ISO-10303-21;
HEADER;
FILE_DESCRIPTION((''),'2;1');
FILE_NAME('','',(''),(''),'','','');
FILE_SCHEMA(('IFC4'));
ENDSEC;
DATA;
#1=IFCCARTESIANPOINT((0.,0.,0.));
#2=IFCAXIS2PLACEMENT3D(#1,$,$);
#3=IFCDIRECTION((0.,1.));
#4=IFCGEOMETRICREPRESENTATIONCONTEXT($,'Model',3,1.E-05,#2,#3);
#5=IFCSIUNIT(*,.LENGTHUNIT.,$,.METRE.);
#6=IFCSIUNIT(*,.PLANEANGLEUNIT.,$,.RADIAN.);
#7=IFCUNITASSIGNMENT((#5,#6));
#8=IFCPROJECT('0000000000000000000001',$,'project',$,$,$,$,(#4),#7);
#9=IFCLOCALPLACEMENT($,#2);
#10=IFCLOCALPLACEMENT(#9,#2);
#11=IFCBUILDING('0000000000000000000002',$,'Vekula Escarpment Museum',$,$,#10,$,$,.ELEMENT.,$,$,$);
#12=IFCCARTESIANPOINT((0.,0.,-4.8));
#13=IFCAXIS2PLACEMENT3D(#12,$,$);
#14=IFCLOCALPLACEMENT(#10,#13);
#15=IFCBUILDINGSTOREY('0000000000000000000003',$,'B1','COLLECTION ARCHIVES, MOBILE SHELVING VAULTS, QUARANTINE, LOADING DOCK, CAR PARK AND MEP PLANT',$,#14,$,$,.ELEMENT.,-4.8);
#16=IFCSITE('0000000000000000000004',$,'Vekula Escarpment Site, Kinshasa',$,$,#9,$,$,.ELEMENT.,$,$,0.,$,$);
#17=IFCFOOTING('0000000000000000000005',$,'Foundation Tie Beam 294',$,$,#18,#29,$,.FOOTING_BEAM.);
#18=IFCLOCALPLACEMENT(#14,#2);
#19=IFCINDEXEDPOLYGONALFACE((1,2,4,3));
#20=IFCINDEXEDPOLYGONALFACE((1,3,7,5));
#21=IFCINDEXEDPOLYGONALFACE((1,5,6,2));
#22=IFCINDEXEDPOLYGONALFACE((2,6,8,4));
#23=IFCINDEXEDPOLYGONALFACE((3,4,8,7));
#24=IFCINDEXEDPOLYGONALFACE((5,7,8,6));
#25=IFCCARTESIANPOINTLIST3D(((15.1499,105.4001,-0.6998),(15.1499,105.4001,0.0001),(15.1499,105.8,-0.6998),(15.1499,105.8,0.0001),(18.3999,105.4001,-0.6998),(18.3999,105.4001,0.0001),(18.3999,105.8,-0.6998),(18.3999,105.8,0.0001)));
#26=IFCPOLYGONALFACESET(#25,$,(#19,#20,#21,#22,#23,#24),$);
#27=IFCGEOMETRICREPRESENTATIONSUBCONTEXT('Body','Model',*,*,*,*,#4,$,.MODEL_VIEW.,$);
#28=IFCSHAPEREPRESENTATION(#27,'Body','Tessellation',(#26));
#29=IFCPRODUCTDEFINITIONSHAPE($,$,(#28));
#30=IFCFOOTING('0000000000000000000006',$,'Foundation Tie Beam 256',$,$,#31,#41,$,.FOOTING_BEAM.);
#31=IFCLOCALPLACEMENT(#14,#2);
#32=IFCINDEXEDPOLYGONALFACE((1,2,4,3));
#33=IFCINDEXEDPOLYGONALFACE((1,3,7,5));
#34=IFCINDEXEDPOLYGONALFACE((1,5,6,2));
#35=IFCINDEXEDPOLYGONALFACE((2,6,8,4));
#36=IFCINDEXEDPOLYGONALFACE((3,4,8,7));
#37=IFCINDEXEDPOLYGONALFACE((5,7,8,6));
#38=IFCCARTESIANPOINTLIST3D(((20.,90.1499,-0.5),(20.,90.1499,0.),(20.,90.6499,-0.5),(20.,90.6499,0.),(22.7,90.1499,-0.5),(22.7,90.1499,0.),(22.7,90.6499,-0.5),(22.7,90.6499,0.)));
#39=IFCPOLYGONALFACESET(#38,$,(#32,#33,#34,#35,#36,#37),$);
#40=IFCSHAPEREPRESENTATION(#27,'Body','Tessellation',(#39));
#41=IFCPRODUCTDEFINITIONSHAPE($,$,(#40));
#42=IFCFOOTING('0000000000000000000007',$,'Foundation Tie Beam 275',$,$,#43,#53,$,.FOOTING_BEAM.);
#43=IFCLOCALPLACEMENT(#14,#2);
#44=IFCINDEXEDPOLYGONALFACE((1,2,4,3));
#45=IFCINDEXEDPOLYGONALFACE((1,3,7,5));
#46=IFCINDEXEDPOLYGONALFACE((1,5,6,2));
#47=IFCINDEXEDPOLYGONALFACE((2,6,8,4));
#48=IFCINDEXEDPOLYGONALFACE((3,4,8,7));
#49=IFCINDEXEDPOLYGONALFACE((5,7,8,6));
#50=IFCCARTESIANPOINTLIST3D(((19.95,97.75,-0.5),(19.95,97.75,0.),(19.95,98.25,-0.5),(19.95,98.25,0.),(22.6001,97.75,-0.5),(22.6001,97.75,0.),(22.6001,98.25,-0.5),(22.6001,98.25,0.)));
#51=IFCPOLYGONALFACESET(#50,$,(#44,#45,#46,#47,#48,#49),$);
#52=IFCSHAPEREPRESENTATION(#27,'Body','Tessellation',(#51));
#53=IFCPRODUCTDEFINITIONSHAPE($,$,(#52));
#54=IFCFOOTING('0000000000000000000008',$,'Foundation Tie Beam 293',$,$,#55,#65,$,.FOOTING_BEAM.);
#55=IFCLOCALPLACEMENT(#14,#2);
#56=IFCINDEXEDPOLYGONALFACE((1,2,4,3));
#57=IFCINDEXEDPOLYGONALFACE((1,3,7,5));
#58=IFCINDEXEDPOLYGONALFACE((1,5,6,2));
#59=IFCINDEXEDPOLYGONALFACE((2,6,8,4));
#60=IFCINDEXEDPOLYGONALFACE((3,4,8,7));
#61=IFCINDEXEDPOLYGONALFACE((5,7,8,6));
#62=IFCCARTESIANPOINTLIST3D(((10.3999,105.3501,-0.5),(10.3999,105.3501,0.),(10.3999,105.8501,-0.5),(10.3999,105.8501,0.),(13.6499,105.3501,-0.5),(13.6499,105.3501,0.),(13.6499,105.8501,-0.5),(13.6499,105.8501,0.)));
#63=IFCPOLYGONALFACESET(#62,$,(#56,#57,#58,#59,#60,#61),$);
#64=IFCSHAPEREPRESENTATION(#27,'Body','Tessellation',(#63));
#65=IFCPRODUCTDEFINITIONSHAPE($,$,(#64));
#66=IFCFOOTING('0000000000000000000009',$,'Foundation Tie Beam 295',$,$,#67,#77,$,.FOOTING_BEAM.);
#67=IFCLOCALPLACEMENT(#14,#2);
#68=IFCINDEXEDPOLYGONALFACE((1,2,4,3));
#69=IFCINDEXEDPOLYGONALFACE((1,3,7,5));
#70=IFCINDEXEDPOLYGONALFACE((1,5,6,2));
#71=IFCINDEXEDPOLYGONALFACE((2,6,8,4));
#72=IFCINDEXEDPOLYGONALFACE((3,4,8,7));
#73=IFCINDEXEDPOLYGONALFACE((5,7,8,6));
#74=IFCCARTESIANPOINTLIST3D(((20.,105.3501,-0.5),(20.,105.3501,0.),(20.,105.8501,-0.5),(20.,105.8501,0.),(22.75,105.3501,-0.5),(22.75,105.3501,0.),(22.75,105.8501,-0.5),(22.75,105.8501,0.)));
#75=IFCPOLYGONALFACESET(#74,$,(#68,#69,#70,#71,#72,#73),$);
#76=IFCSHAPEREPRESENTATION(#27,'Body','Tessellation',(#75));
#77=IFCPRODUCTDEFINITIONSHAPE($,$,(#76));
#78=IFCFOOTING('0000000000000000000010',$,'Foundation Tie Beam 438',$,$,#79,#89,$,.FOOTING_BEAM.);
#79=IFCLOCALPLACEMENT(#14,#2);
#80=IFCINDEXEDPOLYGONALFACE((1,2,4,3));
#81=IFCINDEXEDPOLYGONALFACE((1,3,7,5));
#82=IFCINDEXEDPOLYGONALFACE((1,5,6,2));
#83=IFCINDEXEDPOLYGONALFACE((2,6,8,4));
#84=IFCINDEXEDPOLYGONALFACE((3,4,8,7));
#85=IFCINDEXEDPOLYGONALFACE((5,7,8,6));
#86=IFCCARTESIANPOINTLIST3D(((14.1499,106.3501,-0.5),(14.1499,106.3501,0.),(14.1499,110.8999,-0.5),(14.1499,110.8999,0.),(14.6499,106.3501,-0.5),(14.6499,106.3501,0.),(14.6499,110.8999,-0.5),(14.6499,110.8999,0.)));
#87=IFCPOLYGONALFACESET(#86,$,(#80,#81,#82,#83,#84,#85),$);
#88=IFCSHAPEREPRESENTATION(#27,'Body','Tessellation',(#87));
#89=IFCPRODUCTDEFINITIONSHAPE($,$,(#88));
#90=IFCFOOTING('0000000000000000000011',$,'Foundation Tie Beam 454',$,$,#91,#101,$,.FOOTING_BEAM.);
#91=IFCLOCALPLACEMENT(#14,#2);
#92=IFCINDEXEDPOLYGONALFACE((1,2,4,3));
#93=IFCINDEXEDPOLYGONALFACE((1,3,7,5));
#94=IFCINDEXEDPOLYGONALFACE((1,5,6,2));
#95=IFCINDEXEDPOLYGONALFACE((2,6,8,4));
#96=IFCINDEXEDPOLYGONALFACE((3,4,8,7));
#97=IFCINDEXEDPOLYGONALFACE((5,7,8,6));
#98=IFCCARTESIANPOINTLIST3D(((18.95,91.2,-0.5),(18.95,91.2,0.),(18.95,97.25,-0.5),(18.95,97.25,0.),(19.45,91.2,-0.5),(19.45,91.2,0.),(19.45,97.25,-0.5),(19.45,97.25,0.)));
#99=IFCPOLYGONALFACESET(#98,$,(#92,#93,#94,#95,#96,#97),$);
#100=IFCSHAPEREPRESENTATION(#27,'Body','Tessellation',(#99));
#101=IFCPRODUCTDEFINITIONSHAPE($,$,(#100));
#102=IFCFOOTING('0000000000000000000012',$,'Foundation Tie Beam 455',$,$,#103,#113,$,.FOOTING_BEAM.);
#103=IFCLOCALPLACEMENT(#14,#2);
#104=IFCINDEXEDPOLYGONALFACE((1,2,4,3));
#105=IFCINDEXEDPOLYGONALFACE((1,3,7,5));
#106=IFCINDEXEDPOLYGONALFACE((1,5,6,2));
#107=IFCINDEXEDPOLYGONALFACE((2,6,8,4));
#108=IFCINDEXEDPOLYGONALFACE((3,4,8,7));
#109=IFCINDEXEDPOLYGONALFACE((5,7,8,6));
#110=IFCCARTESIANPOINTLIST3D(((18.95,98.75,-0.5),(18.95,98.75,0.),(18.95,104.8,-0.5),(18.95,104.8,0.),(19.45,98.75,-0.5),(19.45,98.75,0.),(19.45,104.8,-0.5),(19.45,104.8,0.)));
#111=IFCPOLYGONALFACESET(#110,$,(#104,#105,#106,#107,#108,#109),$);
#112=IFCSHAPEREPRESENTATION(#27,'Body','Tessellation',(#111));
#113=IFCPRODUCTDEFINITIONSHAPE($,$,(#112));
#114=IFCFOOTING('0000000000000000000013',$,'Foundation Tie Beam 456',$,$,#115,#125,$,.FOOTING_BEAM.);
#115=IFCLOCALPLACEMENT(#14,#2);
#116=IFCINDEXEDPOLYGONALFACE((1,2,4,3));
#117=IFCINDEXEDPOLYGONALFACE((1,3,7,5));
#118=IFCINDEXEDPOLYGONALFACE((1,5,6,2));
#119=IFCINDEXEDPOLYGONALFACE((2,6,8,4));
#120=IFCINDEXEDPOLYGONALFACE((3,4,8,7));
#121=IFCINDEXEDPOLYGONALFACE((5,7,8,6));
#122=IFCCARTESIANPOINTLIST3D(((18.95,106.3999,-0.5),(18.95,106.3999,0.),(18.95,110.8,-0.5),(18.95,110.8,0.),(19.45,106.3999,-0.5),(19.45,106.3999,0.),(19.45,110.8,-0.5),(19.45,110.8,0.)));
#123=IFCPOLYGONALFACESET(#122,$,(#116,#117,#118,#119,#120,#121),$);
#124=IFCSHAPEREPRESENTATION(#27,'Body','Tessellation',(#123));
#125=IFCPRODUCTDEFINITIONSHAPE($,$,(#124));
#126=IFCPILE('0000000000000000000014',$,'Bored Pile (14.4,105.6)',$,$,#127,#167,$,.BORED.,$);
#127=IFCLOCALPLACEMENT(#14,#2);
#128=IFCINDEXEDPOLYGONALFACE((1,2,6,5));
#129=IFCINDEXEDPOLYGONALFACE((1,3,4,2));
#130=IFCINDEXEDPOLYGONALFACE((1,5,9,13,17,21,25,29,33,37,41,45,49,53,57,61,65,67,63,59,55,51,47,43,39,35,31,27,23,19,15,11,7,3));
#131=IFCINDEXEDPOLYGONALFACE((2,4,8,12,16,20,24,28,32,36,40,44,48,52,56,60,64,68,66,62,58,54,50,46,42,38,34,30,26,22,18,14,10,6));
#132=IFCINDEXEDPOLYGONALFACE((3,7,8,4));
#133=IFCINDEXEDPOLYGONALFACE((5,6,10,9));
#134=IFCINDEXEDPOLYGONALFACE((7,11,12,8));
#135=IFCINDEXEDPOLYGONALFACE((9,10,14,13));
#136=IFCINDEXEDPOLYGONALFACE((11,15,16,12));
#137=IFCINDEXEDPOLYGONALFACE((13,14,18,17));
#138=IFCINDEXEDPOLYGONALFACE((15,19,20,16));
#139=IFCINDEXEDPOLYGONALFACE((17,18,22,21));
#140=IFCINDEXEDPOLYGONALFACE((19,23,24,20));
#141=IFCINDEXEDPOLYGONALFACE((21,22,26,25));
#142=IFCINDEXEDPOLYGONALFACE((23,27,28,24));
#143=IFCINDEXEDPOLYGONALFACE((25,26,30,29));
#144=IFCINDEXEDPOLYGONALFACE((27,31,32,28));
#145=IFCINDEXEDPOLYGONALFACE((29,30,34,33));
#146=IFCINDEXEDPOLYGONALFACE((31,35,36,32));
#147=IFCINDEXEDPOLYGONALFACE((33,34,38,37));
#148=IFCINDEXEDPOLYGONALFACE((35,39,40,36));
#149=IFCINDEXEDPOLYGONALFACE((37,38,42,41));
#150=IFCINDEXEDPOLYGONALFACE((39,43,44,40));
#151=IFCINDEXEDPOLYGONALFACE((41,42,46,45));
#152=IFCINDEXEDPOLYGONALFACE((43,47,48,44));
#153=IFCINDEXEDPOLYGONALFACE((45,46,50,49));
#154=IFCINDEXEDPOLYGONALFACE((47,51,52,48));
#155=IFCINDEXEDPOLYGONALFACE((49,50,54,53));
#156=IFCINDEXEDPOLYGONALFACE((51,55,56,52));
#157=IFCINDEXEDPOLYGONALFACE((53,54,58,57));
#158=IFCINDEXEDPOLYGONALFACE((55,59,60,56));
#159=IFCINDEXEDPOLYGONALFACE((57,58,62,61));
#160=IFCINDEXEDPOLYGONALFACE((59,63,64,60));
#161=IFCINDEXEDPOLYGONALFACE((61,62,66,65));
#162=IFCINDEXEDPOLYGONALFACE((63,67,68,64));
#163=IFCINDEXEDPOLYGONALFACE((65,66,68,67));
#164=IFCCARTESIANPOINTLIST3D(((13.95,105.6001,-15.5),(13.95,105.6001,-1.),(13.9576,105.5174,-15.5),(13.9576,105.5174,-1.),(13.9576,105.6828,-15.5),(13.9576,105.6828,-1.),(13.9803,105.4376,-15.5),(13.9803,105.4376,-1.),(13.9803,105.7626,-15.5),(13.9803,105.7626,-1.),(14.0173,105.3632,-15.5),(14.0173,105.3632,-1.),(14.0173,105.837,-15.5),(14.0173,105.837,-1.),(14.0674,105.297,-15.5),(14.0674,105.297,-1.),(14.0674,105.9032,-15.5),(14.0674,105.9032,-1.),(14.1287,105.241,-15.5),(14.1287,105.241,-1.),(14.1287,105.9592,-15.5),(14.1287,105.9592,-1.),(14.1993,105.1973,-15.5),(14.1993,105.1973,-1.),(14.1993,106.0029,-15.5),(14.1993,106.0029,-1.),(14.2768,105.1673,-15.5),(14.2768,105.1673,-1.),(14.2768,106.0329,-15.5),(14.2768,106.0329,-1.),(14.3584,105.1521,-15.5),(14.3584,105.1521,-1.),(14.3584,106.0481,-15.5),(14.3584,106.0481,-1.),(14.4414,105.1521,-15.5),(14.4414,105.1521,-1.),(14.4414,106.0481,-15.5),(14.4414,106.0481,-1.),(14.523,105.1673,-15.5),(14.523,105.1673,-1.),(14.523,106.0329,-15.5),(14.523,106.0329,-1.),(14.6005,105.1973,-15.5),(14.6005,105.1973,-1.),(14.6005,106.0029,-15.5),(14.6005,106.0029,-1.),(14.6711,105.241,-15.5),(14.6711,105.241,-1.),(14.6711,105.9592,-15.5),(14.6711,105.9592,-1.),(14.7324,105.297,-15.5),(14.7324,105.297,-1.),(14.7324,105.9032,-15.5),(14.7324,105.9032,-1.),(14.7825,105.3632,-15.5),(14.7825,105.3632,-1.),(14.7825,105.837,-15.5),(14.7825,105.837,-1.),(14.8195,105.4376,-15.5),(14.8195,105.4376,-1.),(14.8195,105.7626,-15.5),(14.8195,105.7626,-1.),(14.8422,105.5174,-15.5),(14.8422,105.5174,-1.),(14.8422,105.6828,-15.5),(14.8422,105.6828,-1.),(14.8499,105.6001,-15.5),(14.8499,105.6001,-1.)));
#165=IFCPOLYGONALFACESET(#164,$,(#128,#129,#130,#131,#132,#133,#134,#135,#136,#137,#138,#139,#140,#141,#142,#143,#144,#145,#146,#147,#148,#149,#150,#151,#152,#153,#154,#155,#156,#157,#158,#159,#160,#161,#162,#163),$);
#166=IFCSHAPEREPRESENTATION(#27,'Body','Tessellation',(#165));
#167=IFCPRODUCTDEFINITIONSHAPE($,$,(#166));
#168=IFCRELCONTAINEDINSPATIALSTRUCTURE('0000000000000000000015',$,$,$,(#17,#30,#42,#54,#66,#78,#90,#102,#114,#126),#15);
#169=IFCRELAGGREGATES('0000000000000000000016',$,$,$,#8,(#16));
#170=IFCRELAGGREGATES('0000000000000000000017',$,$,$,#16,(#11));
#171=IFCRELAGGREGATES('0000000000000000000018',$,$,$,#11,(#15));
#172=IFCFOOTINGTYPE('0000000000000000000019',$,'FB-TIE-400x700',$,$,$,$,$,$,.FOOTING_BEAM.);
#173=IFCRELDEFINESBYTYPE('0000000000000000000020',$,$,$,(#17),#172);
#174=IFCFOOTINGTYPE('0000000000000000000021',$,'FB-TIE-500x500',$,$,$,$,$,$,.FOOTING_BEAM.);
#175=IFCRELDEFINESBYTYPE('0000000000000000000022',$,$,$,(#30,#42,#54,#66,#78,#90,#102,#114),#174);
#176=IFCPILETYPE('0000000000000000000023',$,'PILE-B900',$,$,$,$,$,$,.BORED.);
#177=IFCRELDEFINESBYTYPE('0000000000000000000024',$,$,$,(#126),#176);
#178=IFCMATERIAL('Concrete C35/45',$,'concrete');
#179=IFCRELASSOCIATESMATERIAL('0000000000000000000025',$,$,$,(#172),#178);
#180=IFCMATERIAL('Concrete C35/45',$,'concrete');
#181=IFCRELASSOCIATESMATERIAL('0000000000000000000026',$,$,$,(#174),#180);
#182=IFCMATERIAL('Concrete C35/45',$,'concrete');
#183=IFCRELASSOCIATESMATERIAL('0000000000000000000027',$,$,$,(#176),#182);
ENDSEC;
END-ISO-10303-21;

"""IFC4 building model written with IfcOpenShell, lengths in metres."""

from ifc_helpers import new_model, si_unit, direction, frame, origin, origin_2d, place, context, subcontext, project, spatial, rectangle, circle, extrude, material, material_profile, profile_set, type_object, element, save


model = new_model("IFC4")

# Units and contexts
model_context = context("Model", 3, precision=1e-05, world=origin(), true_north=direction((0.0, 1.0)))
body_context = subcontext(model_context, "Body", "Model", "MODEL_VIEW")
ifc_project = project(units=[si_unit("LENGTHUNIT", "METRE"), si_unit("PLANEANGLEUNIT", "RADIAN")], contexts=[model_context])

# Site, building, storey
site_placement = place(None, origin())
site = spatial("IfcSite", under=ifc_project, at=site_placement, Name="Vekula Escarpment Site, Kinshasa", CompositionType="ELEMENT", RefElevation=0.0)
building_placement = place(site_placement, origin())
building = spatial("IfcBuilding", under=site, at=building_placement, Name="Vekula Escarpment Museum", CompositionType="ELEMENT")
storey_placement = place(building_placement, frame((0.0, 0.0, -4.8)))
storey = spatial("IfcBuildingStorey", under=building, at=storey_placement, Name="B1", Description="COLLECTION ARCHIVES, MOBILE SHELVING VAULTS, QUARANTINE, LOADING DOCK, CAR PARK AND MEP PLANT", CompositionType="ELEMENT", Elevation=-4.8)

# Footings
ifc_material_1 = material(Name="Concrete C35/45", Category="concrete")
ifc_material_profile_1 = material_profile(ifc_material_1, rectangle(XDim=0.3999, YDim=0.7, at=origin_2d()), Name="RC 400x700")
ifc_profile_set_1 = profile_set([ifc_material_profile_1], Name="Concrete C35/45")
footing_type_1 = type_object("IfcFootingType", Name="FB-TIE-400x700", PredefinedType="FOOTING_BEAM", material=ifc_profile_set_1)
footing_1_placement = place(storey_placement, frame((15.1499, 105.6001, -0.3499), z_axis=(1.0, 0.0, 0.0), x_axis=(0.0, 1.0, 0.0)))
element("IfcFooting", 1, at=footing_1_placement, inside=storey, type_object=footing_type_1, Name="Foundation Tie Beam 294", PredefinedType="FOOTING_BEAM", context=body_context, shape_type="SweptSolid", body=[
    extrude(rectangle(XDim=0.3999, YDim=0.7, at=origin_2d()), origin(), (0.0, 0.0, 1.0), 3.25),
])
ifc_material_2 = material(Name="Concrete C35/45", Category="concrete")
ifc_material_profile_2 = material_profile(ifc_material_2, rectangle(XDim=0.5, YDim=0.5, at=origin_2d()), Name="RC 500x500")
ifc_profile_set_2 = profile_set([ifc_material_profile_2], Name="Concrete C35/45")
footing_type_2 = type_object("IfcFootingType", Name="FB-TIE-500x500", PredefinedType="FOOTING_BEAM", material=ifc_profile_set_2)
footing_2_placement = place(storey_placement, frame((20.0, 90.3999, -0.25), z_axis=(1.0, 0.0, 0.0), x_axis=(0.0, 1.0, 0.0)))
element("IfcFooting", 2, at=footing_2_placement, inside=storey, type_object=footing_type_2, Name="Foundation Tie Beam 256", PredefinedType="FOOTING_BEAM", context=body_context, shape_type="SweptSolid", body=[
    extrude(rectangle(XDim=0.5, YDim=0.5, at=origin_2d()), origin(), (0.0, 0.0, 1.0), 2.7),
])
footing_3_placement = place(storey_placement, frame((19.95, 98.0, -0.25), z_axis=(1.0, 0.0, 0.0), x_axis=(0.0, 1.0, 0.0)))
element("IfcFooting", 3, at=footing_3_placement, inside=storey, type_object=footing_type_2, Name="Foundation Tie Beam 275", PredefinedType="FOOTING_BEAM", context=body_context, shape_type="SweptSolid", body=[
    extrude(rectangle(XDim=0.5, YDim=0.5, at=origin_2d()), origin(), (0.0, 0.0, 1.0), 2.6501),
])
footing_4_placement = place(storey_placement, frame((10.3999, 105.6001, -0.25), z_axis=(1.0, 0.0, 0.0), x_axis=(0.0, 1.0, 0.0)))
element("IfcFooting", 4, at=footing_4_placement, inside=storey, type_object=footing_type_2, Name="Foundation Tie Beam 293", PredefinedType="FOOTING_BEAM", context=body_context, shape_type="SweptSolid", body=[
    extrude(rectangle(XDim=0.5, YDim=0.5, at=origin_2d()), origin(), (0.0, 0.0, 1.0), 3.25),
])
footing_5_placement = place(storey_placement, frame((20.0, 105.6001, -0.25), z_axis=(1.0, 0.0, 0.0), x_axis=(0.0, 1.0, 0.0)))
element("IfcFooting", 5, at=footing_5_placement, inside=storey, type_object=footing_type_2, Name="Foundation Tie Beam 295", PredefinedType="FOOTING_BEAM", context=body_context, shape_type="SweptSolid", body=[
    extrude(rectangle(XDim=0.5, YDim=0.5, at=origin_2d()), origin(), (0.0, 0.0, 1.0), 2.75),
])
footing_6_placement = place(storey_placement, frame((14.3999, 106.3501, -0.25), z_axis=(0.0, 1.0, 0.0), x_axis=(-1.0, 0.0, 0.0)))
element("IfcFooting", 6, at=footing_6_placement, inside=storey, type_object=footing_type_2, Name="Foundation Tie Beam 438", PredefinedType="FOOTING_BEAM", context=body_context, shape_type="SweptSolid", body=[
    extrude(rectangle(XDim=0.5, YDim=0.5, at=origin_2d()), origin(), (0.0, 0.0, 1.0), 4.5498),
])
for number, where, z_axis, x_axis, name in (
    (7, (19.2, 91.2, -0.25), (0.0, 1.0, 0.0), (-1.0, 0.0, 0.0), "Foundation Tie Beam 454"),
    (8, (19.2, 98.75, -0.25), (0.0, 1.0, 0.0), (-1.0, 0.0, 0.0), "Foundation Tie Beam 455"),
):
    element("IfcFooting", number, at=place(storey_placement, frame(where, z_axis=z_axis, x_axis=x_axis)), inside=storey, type_object=footing_type_2, Name=name, PredefinedType="FOOTING_BEAM", context=body_context, shape_type="SweptSolid", body=[
        extrude(rectangle(XDim=0.5, YDim=0.5, at=origin_2d()), origin(), (0.0, 0.0, 1.0), 6.05),
    ])
footing_7_placement = place(storey_placement, frame((19.2, 106.3999, -0.25), z_axis=(0.0, 1.0, 0.0), x_axis=(-1.0, 0.0, 0.0)))
element("IfcFooting", 9, at=footing_7_placement, inside=storey, type_object=footing_type_2, Name="Foundation Tie Beam 456", PredefinedType="FOOTING_BEAM", context=body_context, shape_type="SweptSolid", body=[
    extrude(rectangle(XDim=0.5, YDim=0.5, at=origin_2d()), origin(), (0.0, 0.0, 1.0), 4.4001),
])

# Pile
ifc_material_3 = material(Name="Concrete C35/45", Category="concrete")
ifc_material_profile_3 = material_profile(ifc_material_3, circle(Radius=0.45, at=origin_2d()), Name="BORED PILE 900")
ifc_profile_set_3 = profile_set([ifc_material_profile_3], Name="Concrete C35/45")
pile_type = type_object("IfcPileType", Name="PILE-B900", PredefinedType="BORED", material=ifc_profile_set_3)
pile_1_placement = place(storey_placement, frame((14.3999, 105.6001, -1.0), z_axis=(0.0, 0.0, -1.0), x_axis=(1.0, 0.0, 0.0)))
element("IfcPile", 10, at=pile_1_placement, inside=storey, type_object=pile_type, Name="Bored Pile (14.4,105.6)", PredefinedType="BORED", context=body_context, shape_type="SweptSolid", body=[
    extrude(circle(Radius=0.45, at=origin_2d()), origin(), (0.0, 0.0, 1.0), 14.5),
])

save(model, "model.ifc")
